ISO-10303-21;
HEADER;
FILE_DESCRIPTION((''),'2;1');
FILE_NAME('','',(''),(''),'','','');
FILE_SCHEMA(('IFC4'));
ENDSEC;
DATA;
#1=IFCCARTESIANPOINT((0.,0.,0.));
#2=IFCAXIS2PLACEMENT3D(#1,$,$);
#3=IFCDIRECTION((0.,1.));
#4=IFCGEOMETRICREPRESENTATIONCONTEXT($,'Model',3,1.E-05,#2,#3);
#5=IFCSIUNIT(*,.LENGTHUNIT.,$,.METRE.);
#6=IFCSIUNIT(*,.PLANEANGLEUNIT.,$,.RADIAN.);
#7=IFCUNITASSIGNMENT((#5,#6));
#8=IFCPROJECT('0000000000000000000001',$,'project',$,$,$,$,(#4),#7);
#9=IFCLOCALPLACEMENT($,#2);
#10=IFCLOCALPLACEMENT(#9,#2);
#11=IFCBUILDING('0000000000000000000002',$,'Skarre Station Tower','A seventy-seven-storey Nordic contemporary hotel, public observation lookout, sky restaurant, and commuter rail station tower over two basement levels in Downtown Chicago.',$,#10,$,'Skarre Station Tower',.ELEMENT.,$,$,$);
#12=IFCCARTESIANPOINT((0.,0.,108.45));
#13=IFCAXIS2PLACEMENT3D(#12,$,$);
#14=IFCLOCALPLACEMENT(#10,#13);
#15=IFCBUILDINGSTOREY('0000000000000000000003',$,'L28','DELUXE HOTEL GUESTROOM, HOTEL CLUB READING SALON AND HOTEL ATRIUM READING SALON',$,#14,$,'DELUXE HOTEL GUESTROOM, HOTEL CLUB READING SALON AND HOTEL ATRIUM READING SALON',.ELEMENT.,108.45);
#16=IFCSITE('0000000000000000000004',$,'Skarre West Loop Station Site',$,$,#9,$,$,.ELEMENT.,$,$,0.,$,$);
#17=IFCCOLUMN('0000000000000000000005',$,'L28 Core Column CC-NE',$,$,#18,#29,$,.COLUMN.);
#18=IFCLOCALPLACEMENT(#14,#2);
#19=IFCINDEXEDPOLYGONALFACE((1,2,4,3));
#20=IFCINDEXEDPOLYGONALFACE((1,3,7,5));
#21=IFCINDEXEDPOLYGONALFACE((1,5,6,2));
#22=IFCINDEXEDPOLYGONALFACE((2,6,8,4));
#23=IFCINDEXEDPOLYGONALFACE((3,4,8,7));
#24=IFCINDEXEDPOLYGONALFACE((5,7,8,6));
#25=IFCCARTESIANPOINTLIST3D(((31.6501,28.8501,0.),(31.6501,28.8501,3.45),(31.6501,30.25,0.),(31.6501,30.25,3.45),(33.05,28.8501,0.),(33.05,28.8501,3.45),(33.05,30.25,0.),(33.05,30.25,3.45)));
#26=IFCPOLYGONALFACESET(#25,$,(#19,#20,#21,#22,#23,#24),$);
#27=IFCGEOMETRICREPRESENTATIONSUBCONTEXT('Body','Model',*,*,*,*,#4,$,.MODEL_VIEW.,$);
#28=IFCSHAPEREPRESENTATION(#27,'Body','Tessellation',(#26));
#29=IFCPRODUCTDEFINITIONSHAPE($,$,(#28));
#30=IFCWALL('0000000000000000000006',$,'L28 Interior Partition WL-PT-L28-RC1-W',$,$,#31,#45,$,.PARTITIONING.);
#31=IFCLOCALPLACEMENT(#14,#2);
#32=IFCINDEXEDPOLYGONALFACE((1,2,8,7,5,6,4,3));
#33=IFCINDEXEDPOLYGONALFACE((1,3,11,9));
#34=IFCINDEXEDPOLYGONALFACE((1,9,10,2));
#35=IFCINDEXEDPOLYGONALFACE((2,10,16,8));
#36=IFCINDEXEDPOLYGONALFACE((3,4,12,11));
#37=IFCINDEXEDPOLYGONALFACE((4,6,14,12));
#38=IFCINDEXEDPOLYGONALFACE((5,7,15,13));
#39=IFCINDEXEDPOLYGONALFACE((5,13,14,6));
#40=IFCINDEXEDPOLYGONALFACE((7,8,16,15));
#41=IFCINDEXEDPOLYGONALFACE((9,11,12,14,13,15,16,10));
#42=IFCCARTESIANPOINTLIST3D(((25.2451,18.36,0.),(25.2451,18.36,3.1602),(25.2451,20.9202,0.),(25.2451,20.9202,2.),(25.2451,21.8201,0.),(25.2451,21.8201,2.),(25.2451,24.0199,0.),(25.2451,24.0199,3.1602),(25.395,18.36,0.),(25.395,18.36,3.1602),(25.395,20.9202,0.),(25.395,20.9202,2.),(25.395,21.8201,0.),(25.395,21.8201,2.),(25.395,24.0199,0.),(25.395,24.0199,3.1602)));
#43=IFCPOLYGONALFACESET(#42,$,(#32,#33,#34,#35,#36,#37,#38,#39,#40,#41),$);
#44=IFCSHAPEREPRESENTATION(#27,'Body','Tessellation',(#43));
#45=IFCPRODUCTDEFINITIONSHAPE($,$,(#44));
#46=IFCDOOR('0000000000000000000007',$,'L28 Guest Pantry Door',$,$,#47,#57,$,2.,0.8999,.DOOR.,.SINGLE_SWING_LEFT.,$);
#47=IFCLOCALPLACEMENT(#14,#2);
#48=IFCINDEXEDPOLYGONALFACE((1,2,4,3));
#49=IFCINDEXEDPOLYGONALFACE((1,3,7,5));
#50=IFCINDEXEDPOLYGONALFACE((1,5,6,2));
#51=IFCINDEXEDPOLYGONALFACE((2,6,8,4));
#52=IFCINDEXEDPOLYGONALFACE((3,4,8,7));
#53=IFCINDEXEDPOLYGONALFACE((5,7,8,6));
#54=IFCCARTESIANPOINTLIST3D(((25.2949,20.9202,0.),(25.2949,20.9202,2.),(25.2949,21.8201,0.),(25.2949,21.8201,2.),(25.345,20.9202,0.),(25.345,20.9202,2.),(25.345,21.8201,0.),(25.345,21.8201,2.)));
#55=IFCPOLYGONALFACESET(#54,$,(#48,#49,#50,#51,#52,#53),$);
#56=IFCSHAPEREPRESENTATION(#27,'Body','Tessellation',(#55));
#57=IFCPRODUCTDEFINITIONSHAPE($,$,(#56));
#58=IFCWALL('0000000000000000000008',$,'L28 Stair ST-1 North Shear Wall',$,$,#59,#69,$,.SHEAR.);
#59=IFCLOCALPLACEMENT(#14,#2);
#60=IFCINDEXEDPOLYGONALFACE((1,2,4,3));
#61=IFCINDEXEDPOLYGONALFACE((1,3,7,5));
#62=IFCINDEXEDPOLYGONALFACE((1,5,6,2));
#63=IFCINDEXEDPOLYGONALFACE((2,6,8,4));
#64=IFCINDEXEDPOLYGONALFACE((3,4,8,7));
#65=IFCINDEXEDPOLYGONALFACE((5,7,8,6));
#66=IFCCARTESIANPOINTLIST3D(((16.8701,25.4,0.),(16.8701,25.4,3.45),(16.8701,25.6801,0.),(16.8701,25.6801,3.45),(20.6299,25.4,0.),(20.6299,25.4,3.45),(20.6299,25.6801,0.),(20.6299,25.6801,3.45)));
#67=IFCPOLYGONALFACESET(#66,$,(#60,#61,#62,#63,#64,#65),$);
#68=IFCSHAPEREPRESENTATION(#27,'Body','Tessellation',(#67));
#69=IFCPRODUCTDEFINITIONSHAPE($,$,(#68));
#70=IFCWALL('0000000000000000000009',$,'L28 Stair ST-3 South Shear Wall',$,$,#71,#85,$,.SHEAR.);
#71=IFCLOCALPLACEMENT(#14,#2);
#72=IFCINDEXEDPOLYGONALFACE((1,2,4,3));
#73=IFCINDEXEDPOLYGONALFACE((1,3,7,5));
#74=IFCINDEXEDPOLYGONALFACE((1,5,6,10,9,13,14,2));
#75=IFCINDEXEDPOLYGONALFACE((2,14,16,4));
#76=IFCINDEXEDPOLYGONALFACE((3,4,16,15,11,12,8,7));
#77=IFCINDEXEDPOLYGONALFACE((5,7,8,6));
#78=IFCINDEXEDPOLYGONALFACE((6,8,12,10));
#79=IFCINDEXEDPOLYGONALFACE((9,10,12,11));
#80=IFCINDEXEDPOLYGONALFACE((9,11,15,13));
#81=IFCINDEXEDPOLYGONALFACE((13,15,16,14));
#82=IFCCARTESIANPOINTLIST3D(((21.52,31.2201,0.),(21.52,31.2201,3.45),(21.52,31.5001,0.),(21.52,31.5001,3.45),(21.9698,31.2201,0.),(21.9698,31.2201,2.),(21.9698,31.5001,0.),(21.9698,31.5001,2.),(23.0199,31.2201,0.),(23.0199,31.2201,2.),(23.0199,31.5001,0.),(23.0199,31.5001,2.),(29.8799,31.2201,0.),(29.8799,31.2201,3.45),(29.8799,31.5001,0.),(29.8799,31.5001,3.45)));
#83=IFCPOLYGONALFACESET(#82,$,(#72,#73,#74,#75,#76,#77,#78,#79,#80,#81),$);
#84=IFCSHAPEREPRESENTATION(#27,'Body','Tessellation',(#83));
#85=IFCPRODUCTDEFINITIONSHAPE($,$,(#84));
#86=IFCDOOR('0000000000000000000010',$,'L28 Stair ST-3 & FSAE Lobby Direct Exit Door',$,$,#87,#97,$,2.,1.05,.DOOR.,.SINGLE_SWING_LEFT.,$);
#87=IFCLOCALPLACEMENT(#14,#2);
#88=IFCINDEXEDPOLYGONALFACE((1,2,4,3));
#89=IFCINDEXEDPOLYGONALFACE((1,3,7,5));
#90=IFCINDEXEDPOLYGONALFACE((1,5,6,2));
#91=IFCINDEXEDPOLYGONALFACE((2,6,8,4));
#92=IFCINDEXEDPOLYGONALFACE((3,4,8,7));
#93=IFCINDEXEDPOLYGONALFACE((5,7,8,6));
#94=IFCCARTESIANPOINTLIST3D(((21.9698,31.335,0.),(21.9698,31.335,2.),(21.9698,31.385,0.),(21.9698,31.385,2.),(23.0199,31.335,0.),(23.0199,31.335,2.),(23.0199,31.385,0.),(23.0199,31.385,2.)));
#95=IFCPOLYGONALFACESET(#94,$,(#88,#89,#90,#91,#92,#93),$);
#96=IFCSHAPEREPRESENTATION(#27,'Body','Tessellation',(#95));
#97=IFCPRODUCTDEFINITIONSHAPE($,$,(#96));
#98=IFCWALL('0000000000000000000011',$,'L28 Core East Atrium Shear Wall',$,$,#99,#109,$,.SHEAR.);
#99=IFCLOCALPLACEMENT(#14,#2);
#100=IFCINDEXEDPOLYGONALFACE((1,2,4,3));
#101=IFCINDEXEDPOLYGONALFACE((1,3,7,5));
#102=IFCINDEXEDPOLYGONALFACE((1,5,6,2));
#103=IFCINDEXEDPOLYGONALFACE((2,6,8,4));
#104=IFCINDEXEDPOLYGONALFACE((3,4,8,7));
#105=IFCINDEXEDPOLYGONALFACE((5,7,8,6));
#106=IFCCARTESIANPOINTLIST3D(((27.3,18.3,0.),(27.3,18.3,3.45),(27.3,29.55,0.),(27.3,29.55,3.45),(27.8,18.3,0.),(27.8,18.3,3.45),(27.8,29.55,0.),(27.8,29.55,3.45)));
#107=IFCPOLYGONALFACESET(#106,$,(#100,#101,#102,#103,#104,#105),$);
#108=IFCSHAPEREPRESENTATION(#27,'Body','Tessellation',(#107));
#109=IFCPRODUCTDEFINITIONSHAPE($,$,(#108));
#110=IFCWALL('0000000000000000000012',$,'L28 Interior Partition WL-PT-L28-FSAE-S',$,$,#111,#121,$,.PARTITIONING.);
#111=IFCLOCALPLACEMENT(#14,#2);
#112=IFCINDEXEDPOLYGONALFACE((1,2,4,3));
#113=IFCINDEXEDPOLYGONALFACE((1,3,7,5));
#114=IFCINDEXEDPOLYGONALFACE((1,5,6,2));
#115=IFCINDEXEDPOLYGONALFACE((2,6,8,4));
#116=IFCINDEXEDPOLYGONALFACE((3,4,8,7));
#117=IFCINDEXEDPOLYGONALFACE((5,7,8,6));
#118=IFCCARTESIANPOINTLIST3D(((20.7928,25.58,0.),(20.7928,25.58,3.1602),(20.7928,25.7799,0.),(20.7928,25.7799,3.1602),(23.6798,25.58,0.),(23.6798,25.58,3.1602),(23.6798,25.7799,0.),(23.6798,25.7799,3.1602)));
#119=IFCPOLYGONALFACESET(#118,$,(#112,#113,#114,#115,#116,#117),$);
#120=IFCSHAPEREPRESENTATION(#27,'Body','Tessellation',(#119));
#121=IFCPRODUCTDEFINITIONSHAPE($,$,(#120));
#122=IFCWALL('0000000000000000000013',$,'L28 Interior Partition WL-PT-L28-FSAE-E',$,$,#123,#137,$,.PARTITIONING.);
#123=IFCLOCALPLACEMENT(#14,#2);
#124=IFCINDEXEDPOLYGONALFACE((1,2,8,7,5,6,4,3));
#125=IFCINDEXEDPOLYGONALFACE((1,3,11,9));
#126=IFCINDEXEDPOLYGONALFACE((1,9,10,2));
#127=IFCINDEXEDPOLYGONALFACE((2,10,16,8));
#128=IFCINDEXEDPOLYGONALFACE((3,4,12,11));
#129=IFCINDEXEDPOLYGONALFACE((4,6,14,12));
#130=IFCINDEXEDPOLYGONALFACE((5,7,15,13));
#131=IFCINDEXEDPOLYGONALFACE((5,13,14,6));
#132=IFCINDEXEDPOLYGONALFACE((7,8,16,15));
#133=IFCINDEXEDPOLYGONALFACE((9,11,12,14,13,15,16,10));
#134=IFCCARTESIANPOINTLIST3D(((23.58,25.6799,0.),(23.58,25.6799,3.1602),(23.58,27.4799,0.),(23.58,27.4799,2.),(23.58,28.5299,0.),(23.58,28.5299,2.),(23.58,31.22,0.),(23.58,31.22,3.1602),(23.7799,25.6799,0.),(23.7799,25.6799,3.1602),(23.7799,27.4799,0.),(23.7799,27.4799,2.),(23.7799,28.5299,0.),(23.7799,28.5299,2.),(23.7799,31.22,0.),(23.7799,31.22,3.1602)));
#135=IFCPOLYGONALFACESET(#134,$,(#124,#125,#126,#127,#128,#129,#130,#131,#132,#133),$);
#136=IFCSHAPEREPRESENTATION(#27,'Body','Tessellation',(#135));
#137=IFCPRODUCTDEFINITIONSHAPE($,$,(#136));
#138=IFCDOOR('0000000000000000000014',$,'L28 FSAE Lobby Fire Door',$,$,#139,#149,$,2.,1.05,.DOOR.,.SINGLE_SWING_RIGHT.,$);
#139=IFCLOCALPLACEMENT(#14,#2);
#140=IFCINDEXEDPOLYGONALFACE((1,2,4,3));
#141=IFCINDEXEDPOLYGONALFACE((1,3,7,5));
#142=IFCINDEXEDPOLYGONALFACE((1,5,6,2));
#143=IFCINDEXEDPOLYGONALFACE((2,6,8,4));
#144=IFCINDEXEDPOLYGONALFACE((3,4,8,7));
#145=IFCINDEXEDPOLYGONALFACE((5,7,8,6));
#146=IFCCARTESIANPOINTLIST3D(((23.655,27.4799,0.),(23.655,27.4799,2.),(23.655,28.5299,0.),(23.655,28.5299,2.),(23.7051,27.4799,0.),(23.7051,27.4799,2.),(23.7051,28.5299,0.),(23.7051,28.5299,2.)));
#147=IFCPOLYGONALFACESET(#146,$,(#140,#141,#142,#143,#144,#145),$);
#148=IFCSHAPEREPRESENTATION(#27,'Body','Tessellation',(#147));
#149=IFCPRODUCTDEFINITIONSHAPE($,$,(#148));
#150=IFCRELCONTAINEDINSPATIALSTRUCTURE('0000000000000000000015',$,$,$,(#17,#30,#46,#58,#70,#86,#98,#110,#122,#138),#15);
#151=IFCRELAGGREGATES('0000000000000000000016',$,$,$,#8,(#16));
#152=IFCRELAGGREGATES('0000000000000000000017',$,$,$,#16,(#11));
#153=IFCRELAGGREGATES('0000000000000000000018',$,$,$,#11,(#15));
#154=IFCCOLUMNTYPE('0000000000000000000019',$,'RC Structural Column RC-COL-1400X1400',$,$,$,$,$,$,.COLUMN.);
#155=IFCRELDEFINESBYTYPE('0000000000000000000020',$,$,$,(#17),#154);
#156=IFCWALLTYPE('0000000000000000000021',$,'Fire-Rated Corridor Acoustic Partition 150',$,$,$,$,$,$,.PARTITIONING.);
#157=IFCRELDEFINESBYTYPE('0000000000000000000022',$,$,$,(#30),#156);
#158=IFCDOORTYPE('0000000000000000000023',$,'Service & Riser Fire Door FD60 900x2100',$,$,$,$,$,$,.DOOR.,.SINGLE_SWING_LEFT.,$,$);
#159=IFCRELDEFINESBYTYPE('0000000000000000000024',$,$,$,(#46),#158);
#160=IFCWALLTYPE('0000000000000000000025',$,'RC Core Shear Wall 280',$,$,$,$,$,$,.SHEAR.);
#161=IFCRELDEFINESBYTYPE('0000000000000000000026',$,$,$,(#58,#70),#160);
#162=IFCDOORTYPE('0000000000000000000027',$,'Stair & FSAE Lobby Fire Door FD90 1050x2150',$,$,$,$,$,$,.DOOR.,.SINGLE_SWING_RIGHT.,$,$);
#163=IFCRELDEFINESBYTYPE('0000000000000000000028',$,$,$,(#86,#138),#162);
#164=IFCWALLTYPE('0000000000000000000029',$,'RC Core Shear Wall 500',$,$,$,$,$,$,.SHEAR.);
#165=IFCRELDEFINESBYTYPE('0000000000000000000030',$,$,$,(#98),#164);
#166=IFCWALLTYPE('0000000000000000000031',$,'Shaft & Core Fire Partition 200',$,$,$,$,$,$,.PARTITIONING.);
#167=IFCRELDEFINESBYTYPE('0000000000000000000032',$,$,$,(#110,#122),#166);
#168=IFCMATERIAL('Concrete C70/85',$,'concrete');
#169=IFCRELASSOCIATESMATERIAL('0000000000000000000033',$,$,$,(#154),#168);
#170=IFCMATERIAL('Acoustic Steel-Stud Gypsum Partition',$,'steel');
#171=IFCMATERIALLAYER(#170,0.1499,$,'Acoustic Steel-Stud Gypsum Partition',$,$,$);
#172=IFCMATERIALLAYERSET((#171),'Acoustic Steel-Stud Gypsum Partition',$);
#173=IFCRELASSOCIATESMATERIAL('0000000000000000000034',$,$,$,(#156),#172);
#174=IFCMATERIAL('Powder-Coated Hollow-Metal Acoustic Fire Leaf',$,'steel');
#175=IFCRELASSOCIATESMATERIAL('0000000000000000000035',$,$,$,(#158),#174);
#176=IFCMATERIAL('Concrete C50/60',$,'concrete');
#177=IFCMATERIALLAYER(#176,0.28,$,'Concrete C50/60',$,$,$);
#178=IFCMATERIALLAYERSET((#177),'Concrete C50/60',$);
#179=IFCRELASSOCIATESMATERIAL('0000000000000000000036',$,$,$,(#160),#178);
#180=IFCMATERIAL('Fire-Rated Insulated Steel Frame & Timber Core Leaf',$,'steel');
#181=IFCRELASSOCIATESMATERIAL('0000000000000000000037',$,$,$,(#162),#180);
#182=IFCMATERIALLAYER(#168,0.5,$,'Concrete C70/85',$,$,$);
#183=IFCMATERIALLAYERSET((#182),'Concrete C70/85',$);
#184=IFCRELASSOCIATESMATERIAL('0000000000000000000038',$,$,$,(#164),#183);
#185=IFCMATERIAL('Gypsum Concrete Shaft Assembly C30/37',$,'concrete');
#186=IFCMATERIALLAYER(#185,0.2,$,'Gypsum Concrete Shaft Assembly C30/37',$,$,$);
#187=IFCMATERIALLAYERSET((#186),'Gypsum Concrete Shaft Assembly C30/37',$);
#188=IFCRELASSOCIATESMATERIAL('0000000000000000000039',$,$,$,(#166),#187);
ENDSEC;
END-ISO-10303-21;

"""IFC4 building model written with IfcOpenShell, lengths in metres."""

from ifc_helpers import new_model, si_unit, direction, frame, frame_2d, origin, origin_2d, place, context, subcontext, project, spatial, rectangle, extrude, material, layer, layer_set, material_profile, profile_set, type_object, element, fill, save


model = new_model("IFC4")

# Units and contexts
model_context = context("Model", 3, precision=1e-05, world=origin(), true_north=direction((0.0, 1.0)))
body_context = subcontext(model_context, "Body", "Model", "MODEL_VIEW")
ifc_project = project(units=[si_unit("LENGTHUNIT", "METRE"), si_unit("PLANEANGLEUNIT", "RADIAN")], contexts=[model_context])

# Site, building, storey
site_placement = place(None, origin())
site = spatial("IfcSite", under=ifc_project, at=site_placement, Name="Skarre West Loop Station Site", CompositionType="ELEMENT", RefElevation=0.0)
building_placement = place(site_placement, origin())
building = spatial("IfcBuilding", under=site, at=building_placement, Name="Skarre Station Tower", Description="A seventy-seven-storey Nordic contemporary hotel, public observation lookout, sky restaurant, and commuter rail station tower over two basement levels in Downtown Chicago.", LongName="Skarre Station Tower", CompositionType="ELEMENT")
storey_placement = place(building_placement, frame((0.0, 0.0, 108.45)))
storey = spatial("IfcBuildingStorey", under=building, at=storey_placement, Name="L28", Description="DELUXE HOTEL GUESTROOM, HOTEL CLUB READING SALON AND HOTEL ATRIUM READING SALON", LongName="DELUXE HOTEL GUESTROOM, HOTEL CLUB READING SALON AND HOTEL ATRIUM READING SALON", CompositionType="ELEMENT", Elevation=108.45)

# Column
ifc_material_1 = material(Name="Concrete C70/85", Category="concrete")
ifc_material_profile = material_profile(ifc_material_1, rectangle(XDim=1.3999, YDim=1.3999, at=origin_2d()), Name="Concrete C70/85")
ifc_profile_set = profile_set([ifc_material_profile], Name="Concrete C70/85")
column_type = type_object("IfcColumnType", Name="RC Structural Column RC-COL-1400X1400", PredefinedType="COLUMN", material=ifc_profile_set)
column_placement = place(storey_placement, frame((32.3501, 29.55, 0.0), z_axis=(0.0, 0.0, 1.0), x_axis=(1.0, 0.0, 0.0)))
element("IfcColumn", 1, at=column_placement, inside=storey, type_object=column_type, Name="L28 Core Column CC-NE", PredefinedType="COLUMN", context=body_context, shape_type="SweptSolid", body=[
    extrude(rectangle(XDim=1.3999, YDim=1.3999, at=origin_2d()), origin(), (0.0, 0.0, 1.0), 3.45),
])

# Wall, opening, door
ifc_material_2 = material(Name="Acoustic Steel-Stud Gypsum Partition", Category="steel")
ifc_layer_1 = layer(ifc_material_2, 0.1499, Name="Acoustic Steel-Stud Gypsum Partition")
ifc_layer_set_1 = layer_set([ifc_layer_1], Name="Acoustic Steel-Stud Gypsum Partition")
wall_type_1 = type_object("IfcWallType", Name="Fire-Rated Corridor Acoustic Partition 150", PredefinedType="PARTITIONING", material=ifc_layer_set_1)
wall_1_placement = place(storey_placement, frame((25.3201, 24.02, 0.0), z_axis=(0.0, 0.0, 1.0), x_axis=(0.0, -1.0, 0.0)))
wall_1 = element("IfcWall", 2, at=wall_1_placement, inside=storey, type_object=wall_type_1, Name="L28 Interior Partition WL-PT-L28-RC1-W", PredefinedType="PARTITIONING", context=body_context, shape_type="SweptSolid", body=[
    extrude(rectangle(XDim=5.6599, YDim=0.1499, at=frame_2d((2.8301, 0.0))), origin(), (0.0, 0.0, 1.0), 3.1602),
])
opening_1_placement = place(wall_1_placement, frame((2.2, 0.0, 0.0)))
opening_1 = element("IfcOpeningElement", 3, at=opening_1_placement, cuts=wall_1, PredefinedType="OPENING", context=body_context, shape_type="SweptSolid", body=[
    extrude(rectangle(XDim=0.8999, YDim=2.0, at=frame_2d((0.45, 1.0))), frame((0.0, 0.085, 0.0), z_axis=(0.0, -1.0, 0.0), x_axis=(1.0, 0.0, 0.0)), (0.0, 0.0, 1.0), 0.1699),
])
ifc_material_3 = material(Name="Powder-Coated Hollow-Metal Acoustic Fire Leaf", Category="steel")
door_type_1 = type_object("IfcDoorType", Name="Service & Riser Fire Door FD60 900x2100", OperationType="SINGLE_SWING_LEFT", PredefinedType="DOOR", material=ifc_material_3)
door_1_placement = place(opening_1_placement, origin())
door_1 = element("IfcDoor", 4, at=door_1_placement, inside=storey, type_object=door_type_1, Name="L28 Guest Pantry Door", OperationType="SINGLE_SWING_LEFT", OverallHeight=2.0, OverallWidth=0.8999, PredefinedType="DOOR", context=body_context, shape_type="SweptSolid", body=[
    extrude(rectangle(XDim=0.8999, YDim=2.0, at=frame_2d((0.45, 1.0))), frame((0.0, 0.0249, 0.0), z_axis=(0.0, -1.0, 0.0), x_axis=(1.0, 0.0, 0.0)), (0.0, 0.0, 1.0), 0.05),
])
fill(opening_1, door_1)

# Wall
ifc_material_4 = material(Name="Concrete C50/60", Category="concrete")
ifc_layer_2 = layer(ifc_material_4, 0.28, Name="Concrete C50/60")
ifc_layer_set_2 = layer_set([ifc_layer_2], Name="Concrete C50/60")
wall_type_2 = type_object("IfcWallType", Name="RC Core Shear Wall 280", PredefinedType="SHEAR", material=ifc_layer_set_2)
wall_2_placement = place(storey_placement, frame((20.6299, 25.54, 0.0), z_axis=(0.0, 0.0, 1.0), x_axis=(-1.0, 0.0, 0.0)))
element("IfcWall", 5, at=wall_2_placement, inside=storey, type_object=wall_type_2, Name="L28 Stair ST-1 North Shear Wall", PredefinedType="SHEAR", context=body_context, shape_type="SweptSolid", body=[
    extrude(rectangle(XDim=3.7598, YDim=0.28, at=frame_2d((1.8799, 0.0))), origin(), (0.0, 0.0, 1.0), 3.45),
])

# Wall, opening, door
wall_3_placement = place(storey_placement, frame((21.52, 31.3601, 0.0), z_axis=(0.0, 0.0, 1.0), x_axis=(1.0, 0.0, 0.0)))
wall_3 = element("IfcWall", 6, at=wall_3_placement, inside=storey, type_object=wall_type_2, Name="L28 Stair ST-3 South Shear Wall", PredefinedType="SHEAR", context=body_context, shape_type="SweptSolid", body=[
    extrude(rectangle(XDim=8.3599, YDim=0.28, at=frame_2d((4.1799, 0.0))), origin(), (0.0, 0.0, 1.0), 3.45),
])
opening_2_placement = place(wall_3_placement, frame((0.45, 0.0, 0.0)))
opening_2 = element("IfcOpeningElement", 7, at=opening_2_placement, cuts=wall_3, PredefinedType="OPENING", context=body_context, shape_type="SweptSolid", body=[
    extrude(rectangle(XDim=1.05, YDim=2.0, at=frame_2d((0.5249, 1.0))), frame((0.0, 0.1499, 0.0), z_axis=(0.0, -1.0, 0.0), x_axis=(1.0, 0.0, 0.0)), (0.0, 0.0, 1.0), 0.3),
])
ifc_material_5 = material(Name="Fire-Rated Insulated Steel Frame & Timber Core Leaf", Category="steel")
door_type_2 = type_object("IfcDoorType", Name="Stair & FSAE Lobby Fire Door FD90 1050x2150", OperationType="SINGLE_SWING_RIGHT", PredefinedType="DOOR", material=ifc_material_5)
door_2_placement = place(opening_2_placement, origin())
door_2 = element("IfcDoor", 8, at=door_2_placement, inside=storey, type_object=door_type_2, Name="L28 Stair ST-3 & FSAE Lobby Direct Exit Door", OperationType="SINGLE_SWING_LEFT", OverallHeight=2.0, OverallWidth=1.05, PredefinedType="DOOR", context=body_context, shape_type="SweptSolid", body=[
    extrude(rectangle(XDim=1.05, YDim=2.0, at=frame_2d((0.5249, 1.0))), frame((0.0, 0.0249, 0.0), z_axis=(0.0, -1.0, 0.0), x_axis=(1.0, 0.0, 0.0)), (0.0, 0.0, 1.0), 0.05),
])
fill(opening_2, door_2)

# Walls
ifc_layer_3 = layer(ifc_material_1, 0.5, Name="Concrete C70/85")
ifc_layer_set_3 = layer_set([ifc_layer_3], Name="Concrete C70/85")
wall_type_3 = type_object("IfcWallType", Name="RC Core Shear Wall 500", PredefinedType="SHEAR", material=ifc_layer_set_3)
wall_4_placement = place(storey_placement, frame((27.55, 29.55, 0.0), z_axis=(0.0, 0.0, 1.0), x_axis=(0.0, -1.0, 0.0)))
element("IfcWall", 9, at=wall_4_placement, inside=storey, type_object=wall_type_3, Name="L28 Core East Atrium Shear Wall", PredefinedType="SHEAR", context=body_context, shape_type="SweptSolid", body=[
    extrude(rectangle(XDim=11.25, YDim=0.5, at=frame_2d((5.625, 0.0))), origin(), (0.0, 0.0, 1.0), 3.45),
])
ifc_material_6 = material(Name="Gypsum Concrete Shaft Assembly C30/37", Category="concrete")
ifc_layer_4 = layer(ifc_material_6, 0.2, Name="Gypsum Concrete Shaft Assembly C30/37")
ifc_layer_set_4 = layer_set([ifc_layer_4], Name="Gypsum Concrete Shaft Assembly C30/37")
wall_type_4 = type_object("IfcWallType", Name="Shaft & Core Fire Partition 200", PredefinedType="PARTITIONING", material=ifc_layer_set_4)
wall_5_placement = place(storey_placement, frame((20.793, 25.6799, 0.0), z_axis=(0.0, 0.0, 1.0), x_axis=(1.0, 0.0, 0.0)))
element("IfcWall", 10, at=wall_5_placement, inside=storey, type_object=wall_type_4, Name="L28 Interior Partition WL-PT-L28-FSAE-S", PredefinedType="PARTITIONING", context=body_context, shape_type="SweptSolid", body=[
    extrude(rectangle(XDim=2.887, YDim=0.2, at=frame_2d((1.4434, 0.0))), origin(), (0.0, 0.0, 1.0), 3.1602),
])

# Wall, opening, door
wall_6_placement = place(storey_placement, frame((23.6799, 25.6799, 0.0), z_axis=(0.0, 0.0, 1.0), x_axis=(0.0, 1.0, 0.0)))
wall_6 = element("IfcWall", 11, at=wall_6_placement, inside=storey, type_object=wall_type_4, Name="L28 Interior Partition WL-PT-L28-FSAE-E", PredefinedType="PARTITIONING", context=body_context, shape_type="SweptSolid", body=[
    extrude(rectangle(XDim=5.54, YDim=0.2, at=frame_2d((2.77, 0.0))), origin(), (0.0, 0.0, 1.0), 3.1602),
])
opening_3_placement = place(wall_6_placement, frame((1.8, 0.0, 0.0)))
opening_3 = element("IfcOpeningElement", 12, at=opening_3_placement, cuts=wall_6, PredefinedType="OPENING", context=body_context, shape_type="SweptSolid", body=[
    extrude(rectangle(XDim=1.05, YDim=2.0, at=frame_2d((0.5249, 1.0))), frame((0.0, 0.1099, 0.0), z_axis=(0.0, -1.0, 0.0), x_axis=(1.0, 0.0, 0.0)), (0.0, 0.0, 1.0), 0.22),
])
door_3_placement = place(opening_3_placement, origin())
door_3 = element("IfcDoor", 13, at=door_3_placement, inside=storey, type_object=door_type_2, Name="L28 FSAE Lobby Fire Door", OperationType="SINGLE_SWING_RIGHT", OverallHeight=2.0, OverallWidth=1.05, PredefinedType="DOOR", context=body_context, shape_type="SweptSolid", body=[
    extrude(rectangle(XDim=1.05, YDim=2.0, at=frame_2d((0.5249, 1.0))), frame((0.0, 0.0249, 0.0), z_axis=(0.0, -1.0, 0.0), x_axis=(1.0, 0.0, 0.0)), (0.0, 0.0, 1.0), 0.05),
])
fill(opening_3, door_3)

save(model, "model.ifc")
